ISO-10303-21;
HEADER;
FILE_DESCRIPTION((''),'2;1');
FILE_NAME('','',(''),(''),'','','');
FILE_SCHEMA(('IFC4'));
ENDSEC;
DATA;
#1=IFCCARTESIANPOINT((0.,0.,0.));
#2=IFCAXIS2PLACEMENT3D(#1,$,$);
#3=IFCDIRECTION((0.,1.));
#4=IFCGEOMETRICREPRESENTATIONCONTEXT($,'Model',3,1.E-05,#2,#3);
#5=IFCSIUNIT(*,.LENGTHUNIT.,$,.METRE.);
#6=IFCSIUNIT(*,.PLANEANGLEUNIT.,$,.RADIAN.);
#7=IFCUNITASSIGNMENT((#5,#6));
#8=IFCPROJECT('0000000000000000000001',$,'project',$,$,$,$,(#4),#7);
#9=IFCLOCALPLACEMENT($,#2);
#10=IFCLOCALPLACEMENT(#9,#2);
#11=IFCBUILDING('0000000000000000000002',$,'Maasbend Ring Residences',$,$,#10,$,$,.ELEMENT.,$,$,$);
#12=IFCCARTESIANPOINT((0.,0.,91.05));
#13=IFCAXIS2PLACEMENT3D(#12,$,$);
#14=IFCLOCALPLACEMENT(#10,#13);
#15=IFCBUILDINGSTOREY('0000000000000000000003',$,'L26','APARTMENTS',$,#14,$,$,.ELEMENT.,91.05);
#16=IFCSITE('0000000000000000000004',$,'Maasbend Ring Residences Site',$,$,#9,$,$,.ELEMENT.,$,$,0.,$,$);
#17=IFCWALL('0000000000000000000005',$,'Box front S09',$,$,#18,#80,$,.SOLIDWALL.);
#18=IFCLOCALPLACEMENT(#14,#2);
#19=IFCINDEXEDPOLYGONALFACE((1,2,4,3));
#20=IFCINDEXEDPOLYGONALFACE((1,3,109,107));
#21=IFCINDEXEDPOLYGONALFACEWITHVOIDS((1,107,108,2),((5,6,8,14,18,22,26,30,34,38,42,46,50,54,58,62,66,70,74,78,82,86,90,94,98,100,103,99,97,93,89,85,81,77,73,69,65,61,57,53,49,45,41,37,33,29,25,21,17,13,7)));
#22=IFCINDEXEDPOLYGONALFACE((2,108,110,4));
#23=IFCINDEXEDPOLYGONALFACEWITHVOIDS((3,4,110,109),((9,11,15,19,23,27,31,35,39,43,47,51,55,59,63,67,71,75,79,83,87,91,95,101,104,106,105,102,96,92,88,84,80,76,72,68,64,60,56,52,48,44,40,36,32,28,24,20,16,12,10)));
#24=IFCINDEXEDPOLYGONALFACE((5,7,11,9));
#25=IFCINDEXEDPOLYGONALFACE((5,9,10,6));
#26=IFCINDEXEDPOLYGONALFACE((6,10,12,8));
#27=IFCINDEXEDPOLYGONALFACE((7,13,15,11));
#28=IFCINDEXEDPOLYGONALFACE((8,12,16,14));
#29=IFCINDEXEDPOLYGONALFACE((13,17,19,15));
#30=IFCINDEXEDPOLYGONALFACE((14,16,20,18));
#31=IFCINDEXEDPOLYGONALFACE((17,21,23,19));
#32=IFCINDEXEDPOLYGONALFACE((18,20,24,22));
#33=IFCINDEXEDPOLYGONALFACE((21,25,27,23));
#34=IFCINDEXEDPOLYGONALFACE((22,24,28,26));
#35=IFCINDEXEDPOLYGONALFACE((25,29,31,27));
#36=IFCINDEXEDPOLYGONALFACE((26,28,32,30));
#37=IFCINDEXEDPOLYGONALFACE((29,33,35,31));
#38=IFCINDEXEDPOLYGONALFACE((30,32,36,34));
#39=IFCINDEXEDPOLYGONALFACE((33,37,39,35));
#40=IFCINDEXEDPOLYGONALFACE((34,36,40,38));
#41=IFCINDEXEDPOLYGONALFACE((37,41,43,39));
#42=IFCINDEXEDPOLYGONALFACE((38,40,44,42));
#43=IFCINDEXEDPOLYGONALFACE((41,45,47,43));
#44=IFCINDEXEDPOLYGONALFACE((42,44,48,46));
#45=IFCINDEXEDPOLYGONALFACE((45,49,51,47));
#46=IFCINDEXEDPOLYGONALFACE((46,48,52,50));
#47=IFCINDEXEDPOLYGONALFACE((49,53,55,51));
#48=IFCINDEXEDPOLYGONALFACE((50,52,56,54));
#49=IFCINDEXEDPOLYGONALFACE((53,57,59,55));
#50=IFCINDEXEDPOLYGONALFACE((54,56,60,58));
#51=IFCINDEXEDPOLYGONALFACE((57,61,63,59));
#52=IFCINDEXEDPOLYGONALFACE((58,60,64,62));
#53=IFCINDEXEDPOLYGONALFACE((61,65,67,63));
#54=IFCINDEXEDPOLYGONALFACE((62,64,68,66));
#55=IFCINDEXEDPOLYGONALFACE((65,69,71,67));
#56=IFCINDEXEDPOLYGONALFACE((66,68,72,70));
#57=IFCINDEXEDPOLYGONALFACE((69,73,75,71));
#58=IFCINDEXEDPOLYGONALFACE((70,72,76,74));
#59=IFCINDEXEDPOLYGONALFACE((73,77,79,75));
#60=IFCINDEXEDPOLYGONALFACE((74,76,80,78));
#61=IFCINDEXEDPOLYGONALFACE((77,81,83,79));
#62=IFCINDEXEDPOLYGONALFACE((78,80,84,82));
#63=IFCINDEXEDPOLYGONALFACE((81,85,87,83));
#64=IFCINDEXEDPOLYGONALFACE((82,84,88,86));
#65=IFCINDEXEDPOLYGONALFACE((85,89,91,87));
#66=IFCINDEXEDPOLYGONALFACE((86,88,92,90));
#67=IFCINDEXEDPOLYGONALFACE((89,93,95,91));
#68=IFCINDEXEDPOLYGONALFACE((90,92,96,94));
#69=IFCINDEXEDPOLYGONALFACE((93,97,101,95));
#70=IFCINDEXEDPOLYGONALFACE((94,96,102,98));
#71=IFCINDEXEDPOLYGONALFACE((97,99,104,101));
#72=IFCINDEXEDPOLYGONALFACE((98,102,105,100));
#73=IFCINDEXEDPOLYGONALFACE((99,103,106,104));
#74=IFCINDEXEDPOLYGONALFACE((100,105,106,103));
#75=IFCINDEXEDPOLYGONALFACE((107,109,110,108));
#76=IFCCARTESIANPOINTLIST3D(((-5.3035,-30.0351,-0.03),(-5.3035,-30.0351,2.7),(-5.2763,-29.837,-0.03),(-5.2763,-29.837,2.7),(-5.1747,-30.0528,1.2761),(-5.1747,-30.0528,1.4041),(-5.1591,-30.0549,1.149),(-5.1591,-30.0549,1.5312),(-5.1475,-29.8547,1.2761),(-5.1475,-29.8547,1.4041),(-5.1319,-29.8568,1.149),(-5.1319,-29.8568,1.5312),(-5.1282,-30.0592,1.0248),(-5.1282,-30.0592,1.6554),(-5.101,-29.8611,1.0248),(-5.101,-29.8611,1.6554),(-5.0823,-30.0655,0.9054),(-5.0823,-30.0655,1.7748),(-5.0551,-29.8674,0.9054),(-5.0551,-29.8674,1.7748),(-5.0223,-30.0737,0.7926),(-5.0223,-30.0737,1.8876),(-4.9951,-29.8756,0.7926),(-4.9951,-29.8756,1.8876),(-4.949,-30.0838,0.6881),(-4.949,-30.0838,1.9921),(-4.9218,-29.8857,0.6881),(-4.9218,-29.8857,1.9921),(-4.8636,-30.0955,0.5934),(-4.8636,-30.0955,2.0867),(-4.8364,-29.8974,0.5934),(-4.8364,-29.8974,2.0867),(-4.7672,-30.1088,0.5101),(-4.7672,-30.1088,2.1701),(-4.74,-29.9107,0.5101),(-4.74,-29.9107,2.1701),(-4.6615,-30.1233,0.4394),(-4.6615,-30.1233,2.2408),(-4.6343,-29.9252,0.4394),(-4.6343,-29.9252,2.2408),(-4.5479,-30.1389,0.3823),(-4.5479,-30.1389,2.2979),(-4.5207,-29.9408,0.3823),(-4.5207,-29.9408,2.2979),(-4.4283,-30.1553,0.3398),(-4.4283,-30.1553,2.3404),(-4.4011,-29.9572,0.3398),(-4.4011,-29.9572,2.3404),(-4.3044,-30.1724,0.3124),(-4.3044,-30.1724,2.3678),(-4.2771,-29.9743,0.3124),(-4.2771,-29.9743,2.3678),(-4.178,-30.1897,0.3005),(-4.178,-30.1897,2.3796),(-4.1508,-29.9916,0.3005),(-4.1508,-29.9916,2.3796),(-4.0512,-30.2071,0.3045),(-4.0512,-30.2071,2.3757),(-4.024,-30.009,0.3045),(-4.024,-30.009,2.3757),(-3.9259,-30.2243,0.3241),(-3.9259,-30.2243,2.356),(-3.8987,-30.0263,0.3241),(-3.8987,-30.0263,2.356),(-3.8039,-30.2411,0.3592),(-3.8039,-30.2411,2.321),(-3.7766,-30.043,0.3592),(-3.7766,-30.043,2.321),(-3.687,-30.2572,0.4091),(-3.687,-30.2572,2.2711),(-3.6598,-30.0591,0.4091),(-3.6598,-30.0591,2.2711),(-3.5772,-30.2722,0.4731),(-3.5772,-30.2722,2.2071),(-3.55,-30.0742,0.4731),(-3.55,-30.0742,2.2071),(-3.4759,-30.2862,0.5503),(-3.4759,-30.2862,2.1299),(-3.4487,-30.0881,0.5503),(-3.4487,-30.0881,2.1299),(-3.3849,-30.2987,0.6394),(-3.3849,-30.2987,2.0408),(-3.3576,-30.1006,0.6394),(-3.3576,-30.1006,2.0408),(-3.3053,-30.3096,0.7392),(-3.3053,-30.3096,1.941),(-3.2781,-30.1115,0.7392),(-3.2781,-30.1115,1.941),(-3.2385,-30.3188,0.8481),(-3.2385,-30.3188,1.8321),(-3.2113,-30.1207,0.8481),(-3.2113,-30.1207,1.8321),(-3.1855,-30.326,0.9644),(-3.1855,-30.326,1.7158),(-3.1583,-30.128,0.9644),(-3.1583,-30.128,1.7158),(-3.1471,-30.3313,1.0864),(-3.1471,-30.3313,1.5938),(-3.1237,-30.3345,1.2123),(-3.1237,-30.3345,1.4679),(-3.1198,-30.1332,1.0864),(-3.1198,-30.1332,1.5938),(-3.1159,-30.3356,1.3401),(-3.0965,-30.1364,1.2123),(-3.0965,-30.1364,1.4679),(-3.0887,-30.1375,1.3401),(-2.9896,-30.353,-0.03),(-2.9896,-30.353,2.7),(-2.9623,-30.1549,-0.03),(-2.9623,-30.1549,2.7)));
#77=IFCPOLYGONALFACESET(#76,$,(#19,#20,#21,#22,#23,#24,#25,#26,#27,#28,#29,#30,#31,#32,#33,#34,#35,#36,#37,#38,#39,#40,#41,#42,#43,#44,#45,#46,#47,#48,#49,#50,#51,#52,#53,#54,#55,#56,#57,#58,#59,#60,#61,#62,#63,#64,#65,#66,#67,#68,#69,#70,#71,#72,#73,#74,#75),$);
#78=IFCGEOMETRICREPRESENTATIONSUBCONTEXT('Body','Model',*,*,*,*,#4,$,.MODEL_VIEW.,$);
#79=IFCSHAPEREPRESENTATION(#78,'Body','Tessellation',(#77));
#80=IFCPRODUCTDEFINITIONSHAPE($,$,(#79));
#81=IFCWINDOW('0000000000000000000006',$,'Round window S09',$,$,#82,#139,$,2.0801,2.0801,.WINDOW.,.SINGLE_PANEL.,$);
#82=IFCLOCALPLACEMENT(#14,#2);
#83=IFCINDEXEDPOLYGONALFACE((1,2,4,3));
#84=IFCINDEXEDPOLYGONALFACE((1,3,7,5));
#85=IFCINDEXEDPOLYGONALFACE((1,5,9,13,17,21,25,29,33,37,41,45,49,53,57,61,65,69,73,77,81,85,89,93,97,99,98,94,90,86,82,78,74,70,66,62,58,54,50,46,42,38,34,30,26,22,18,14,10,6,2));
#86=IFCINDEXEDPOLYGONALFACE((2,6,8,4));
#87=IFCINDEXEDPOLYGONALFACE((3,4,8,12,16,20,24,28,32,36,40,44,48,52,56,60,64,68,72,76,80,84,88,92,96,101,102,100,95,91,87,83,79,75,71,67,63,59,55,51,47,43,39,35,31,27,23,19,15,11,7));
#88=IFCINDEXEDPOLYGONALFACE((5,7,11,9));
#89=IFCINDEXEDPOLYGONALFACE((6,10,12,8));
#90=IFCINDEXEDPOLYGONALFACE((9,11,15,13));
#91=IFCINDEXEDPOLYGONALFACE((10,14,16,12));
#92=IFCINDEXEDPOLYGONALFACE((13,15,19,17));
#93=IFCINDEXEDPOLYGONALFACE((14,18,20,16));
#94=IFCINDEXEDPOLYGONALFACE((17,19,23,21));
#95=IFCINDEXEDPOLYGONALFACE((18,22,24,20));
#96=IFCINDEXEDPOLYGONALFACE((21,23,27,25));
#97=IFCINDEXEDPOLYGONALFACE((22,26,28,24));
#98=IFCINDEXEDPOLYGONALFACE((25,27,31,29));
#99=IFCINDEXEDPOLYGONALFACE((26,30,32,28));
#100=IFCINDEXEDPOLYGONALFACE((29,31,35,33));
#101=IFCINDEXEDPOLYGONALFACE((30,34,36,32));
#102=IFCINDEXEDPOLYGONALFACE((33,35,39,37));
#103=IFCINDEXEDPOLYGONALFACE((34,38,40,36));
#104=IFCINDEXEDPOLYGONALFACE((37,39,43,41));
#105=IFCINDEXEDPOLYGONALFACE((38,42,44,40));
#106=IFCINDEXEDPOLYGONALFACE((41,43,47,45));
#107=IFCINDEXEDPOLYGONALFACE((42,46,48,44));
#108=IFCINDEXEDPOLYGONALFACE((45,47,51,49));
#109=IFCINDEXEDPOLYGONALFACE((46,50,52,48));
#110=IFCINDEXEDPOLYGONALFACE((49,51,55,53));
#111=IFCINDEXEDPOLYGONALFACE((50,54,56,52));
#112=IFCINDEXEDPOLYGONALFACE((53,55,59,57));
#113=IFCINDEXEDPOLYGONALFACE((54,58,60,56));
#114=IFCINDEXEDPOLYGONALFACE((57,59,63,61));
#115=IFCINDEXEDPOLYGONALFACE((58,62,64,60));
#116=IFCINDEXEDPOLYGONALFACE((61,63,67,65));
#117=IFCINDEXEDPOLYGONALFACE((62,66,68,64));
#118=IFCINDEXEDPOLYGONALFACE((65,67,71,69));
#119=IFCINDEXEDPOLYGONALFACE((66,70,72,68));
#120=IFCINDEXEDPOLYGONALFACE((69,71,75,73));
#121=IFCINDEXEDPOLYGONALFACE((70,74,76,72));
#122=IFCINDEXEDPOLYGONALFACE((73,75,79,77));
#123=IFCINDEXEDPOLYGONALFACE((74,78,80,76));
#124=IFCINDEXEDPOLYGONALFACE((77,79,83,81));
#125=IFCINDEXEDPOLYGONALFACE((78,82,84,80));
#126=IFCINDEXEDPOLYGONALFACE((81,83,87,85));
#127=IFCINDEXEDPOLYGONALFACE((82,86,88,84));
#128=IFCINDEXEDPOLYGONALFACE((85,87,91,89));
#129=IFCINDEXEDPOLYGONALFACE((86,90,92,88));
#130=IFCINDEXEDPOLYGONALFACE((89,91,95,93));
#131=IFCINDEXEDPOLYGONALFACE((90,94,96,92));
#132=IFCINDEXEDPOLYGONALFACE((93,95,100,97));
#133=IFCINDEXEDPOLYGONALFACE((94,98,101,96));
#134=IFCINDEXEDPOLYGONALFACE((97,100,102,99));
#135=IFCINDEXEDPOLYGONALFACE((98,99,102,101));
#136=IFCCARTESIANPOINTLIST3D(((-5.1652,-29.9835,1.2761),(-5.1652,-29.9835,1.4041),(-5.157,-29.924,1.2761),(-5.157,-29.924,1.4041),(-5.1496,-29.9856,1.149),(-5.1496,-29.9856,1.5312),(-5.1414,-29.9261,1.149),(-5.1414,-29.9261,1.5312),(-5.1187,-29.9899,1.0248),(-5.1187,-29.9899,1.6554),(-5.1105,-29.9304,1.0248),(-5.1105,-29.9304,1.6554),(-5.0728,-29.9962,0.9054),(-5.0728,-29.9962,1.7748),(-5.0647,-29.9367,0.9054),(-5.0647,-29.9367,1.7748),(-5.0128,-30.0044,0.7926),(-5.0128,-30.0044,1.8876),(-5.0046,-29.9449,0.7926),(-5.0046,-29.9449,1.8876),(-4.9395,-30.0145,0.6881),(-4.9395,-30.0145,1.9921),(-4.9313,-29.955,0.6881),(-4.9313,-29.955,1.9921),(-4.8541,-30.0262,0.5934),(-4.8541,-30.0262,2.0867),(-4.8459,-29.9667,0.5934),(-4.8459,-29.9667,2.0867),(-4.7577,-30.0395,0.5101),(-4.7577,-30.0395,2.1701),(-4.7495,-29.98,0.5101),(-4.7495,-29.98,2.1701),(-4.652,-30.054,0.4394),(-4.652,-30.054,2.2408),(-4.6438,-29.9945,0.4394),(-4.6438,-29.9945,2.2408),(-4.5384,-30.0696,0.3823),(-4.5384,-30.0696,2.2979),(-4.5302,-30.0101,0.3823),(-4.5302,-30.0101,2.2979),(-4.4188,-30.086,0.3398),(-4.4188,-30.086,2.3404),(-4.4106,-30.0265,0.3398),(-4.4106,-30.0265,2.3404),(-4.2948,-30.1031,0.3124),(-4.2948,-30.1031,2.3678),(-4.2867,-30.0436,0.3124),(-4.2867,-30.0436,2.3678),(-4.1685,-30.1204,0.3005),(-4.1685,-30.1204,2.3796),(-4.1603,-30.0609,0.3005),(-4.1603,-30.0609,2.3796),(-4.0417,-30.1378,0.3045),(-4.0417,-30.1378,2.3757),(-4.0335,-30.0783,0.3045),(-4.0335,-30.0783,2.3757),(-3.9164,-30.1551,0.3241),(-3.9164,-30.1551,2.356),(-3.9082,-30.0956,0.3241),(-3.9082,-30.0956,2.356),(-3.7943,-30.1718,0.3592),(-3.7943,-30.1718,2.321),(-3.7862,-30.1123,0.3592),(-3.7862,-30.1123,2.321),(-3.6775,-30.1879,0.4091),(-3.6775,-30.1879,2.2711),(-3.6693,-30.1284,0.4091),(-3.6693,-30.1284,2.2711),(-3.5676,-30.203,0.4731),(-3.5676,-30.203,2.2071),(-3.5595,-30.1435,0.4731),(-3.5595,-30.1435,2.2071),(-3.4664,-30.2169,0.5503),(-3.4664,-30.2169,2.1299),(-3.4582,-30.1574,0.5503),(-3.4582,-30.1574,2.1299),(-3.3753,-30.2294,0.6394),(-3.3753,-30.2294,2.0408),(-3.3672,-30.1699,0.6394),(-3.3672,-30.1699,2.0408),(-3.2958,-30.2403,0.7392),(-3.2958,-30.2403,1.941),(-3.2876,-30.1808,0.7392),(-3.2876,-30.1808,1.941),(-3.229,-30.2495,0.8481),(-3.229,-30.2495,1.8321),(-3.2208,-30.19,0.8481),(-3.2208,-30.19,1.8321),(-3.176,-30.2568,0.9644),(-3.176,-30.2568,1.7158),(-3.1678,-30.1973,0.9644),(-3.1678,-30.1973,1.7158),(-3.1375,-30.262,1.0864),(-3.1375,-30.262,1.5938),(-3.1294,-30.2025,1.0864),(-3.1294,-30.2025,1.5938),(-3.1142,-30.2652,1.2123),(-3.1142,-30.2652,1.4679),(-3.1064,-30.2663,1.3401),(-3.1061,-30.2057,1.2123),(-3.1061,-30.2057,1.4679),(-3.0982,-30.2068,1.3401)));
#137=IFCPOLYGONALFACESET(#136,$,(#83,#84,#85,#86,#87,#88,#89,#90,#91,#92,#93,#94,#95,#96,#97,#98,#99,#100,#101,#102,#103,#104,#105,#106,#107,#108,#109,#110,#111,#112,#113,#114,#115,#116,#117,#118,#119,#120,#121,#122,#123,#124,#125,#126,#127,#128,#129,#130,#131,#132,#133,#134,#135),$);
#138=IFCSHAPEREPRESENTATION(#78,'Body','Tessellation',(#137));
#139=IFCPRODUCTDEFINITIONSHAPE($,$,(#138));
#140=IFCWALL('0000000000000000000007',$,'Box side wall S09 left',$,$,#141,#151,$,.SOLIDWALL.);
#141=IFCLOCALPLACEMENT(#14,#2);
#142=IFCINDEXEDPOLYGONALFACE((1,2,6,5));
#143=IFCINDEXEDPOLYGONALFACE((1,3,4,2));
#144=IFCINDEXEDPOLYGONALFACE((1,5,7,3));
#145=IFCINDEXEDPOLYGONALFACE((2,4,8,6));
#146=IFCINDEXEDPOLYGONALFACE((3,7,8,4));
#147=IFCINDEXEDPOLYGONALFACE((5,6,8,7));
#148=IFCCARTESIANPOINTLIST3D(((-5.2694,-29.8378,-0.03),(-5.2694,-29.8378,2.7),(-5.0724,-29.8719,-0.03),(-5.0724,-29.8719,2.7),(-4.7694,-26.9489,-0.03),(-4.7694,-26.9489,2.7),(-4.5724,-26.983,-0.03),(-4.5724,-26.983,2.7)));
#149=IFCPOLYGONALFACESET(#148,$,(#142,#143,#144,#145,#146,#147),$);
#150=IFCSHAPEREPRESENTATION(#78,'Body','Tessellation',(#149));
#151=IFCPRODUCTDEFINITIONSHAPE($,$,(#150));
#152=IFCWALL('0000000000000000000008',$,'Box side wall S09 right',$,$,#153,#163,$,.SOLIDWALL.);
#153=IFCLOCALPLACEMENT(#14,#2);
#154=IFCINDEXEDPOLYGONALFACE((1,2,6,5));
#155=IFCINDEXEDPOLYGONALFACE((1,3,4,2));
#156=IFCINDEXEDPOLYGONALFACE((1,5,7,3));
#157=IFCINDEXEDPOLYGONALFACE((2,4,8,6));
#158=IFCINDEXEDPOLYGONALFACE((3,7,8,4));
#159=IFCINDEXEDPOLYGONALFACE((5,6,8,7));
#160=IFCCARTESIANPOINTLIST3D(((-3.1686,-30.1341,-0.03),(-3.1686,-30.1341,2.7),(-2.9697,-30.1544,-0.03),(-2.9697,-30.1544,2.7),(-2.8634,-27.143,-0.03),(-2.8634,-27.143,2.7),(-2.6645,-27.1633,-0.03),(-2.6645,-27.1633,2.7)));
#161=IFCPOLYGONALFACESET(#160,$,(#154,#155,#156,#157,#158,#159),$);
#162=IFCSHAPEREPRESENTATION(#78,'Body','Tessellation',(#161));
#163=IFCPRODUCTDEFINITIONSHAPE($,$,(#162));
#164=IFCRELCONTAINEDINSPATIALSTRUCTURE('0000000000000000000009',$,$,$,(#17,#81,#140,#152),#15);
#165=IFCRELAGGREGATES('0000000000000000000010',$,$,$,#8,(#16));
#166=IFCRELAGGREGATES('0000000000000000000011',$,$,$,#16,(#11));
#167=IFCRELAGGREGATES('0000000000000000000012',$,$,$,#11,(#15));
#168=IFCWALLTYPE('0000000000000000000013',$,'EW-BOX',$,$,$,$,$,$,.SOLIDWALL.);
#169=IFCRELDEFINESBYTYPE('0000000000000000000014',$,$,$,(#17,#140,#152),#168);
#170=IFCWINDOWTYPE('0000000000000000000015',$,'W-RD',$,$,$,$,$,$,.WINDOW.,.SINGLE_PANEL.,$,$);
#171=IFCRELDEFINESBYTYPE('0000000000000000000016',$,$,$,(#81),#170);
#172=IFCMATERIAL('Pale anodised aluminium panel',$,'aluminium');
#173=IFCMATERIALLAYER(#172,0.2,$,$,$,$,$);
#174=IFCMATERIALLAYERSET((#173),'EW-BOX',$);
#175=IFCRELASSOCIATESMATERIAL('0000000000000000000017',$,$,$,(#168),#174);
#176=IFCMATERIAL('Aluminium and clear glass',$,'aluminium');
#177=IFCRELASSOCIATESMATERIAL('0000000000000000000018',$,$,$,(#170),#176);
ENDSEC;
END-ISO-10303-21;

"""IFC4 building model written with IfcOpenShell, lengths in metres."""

from ifc_helpers import new_model, si_unit, direction, frame, frame_2d, origin, place, context, subcontext, project, spatial, rectangle, circle, extrude, material, layer, layer_set, type_object, element, fill, save


model = new_model("IFC4")

# Units and contexts
model_context = context("Model", 3, precision=1e-05, world=origin(), true_north=direction((0.0, 1.0)))
body_context = subcontext(model_context, "Body", "Model", "MODEL_VIEW")
ifc_project = project(units=[si_unit("LENGTHUNIT", "METRE"), si_unit("PLANEANGLEUNIT", "RADIAN")], contexts=[model_context])

# Site, building, storey
site_placement = place(None, origin())
site = spatial("IfcSite", under=ifc_project, at=site_placement, Name="Maasbend Ring Residences Site", CompositionType="ELEMENT", RefElevation=0.0)
building_placement = place(site_placement, origin())
building = spatial("IfcBuilding", under=site, at=building_placement, Name="Maasbend Ring Residences", CompositionType="ELEMENT")
storey_placement = place(building_placement, frame((0.0, 0.0, 91.05)))
storey = spatial("IfcBuildingStorey", under=building, at=storey_placement, Name="L26", Description="APARTMENTS", CompositionType="ELEMENT", Elevation=91.05)

# Shared definitions
ifc_material_1 = material(Name="Pale anodised aluminium panel", Category="aluminium")
ifc_layer_1 = layer(ifc_material_1, 0.2)
ifc_layer_set_1 = layer_set([ifc_layer_1], Name="EW-BOX")
wall_type_1 = type_object("IfcWallType", Name="EW-BOX", PredefinedType="SOLIDWALL", material=ifc_layer_set_1)

# Wall, opening, window
wall_1_placement = place(storey_placement, frame((-5.29, -29.936, -0.03), z_axis=(0.0, 0.0, 1.0), x_axis=(0.990696, -0.136093, 0.0)))
wall_1 = element("IfcWall", 1, at=wall_1_placement, inside=storey, type_object=wall_type_1, Name="Box front S09", PredefinedType="SOLIDWALL", context=body_context, shape_type="SweptSolid", body=[
    extrude(rectangle(XDim=2.3357, YDim=0.2, at=frame_2d((1.168, 0.0))), origin(), (0.0, 0.0, 1.0), 2.73),
])
opening_1_placement = place(wall_1_placement, frame((0.1282, 0.0, 0.3301)))
opening_1 = element("IfcOpeningElement", 2, at=opening_1_placement, cuts=wall_1, PredefinedType="OPENING", context=body_context, shape_type="SweptSolid", body=[
    extrude(circle(Radius=1.04, at=frame_2d((1.04, 1.04))), frame((0.0, 0.1099, 0.0), z_axis=(0.0, -1.0, 0.0), x_axis=(1.0, 0.0, 0.0)), (0.0, 0.0, 1.0), 0.22),
])
ifc_material_2 = material(Name="Aluminium and clear glass", Category="aluminium")
window_type_1 = type_object("IfcWindowType", Name="W-RD", PartitioningType="SINGLE_PANEL", PredefinedType="WINDOW", material=ifc_material_2)
window_1_placement = place(opening_1_placement, origin())
window_1 = element("IfcWindow", 3, at=window_1_placement, inside=storey, type_object=window_type_1, Name="Round window S09", OverallHeight=2.0801, OverallWidth=2.0801, PartitioningType="SINGLE_PANEL", PredefinedType="WINDOW", context=body_context, shape_type="SweptSolid", body=[
    extrude(circle(Radius=1.04, at=frame_2d((1.04, 1.04))), frame((0.0, 0.03, 0.0), z_axis=(0.0, -1.0, 0.0), x_axis=(1.0, 0.0, 0.0)), (0.0, 0.0, 1.0), 0.0601),
])
fill(opening_1, window_1)

# Walls
wall_2_placement = place(storey_placement, frame((-4.6709, -26.9661, -0.03), z_axis=(0.0, 0.0, 1.0), x_axis=(-0.17054, -0.985351, 0.0)))
element("IfcWall", 4, at=wall_2_placement, inside=storey, type_object=wall_type_1, Name="Box side wall S09 left", PredefinedType="SOLIDWALL", context=body_context, shape_type="SweptSolid", body=[
    extrude(rectangle(XDim=2.9319, YDim=0.2, at=frame_2d((1.4658, 0.0))), origin(), (0.0, 0.0, 1.0), 2.73),
])
wall_3_placement = place(storey_placement, frame((-2.7639, -27.1531, -0.03), z_axis=(0.0, 0.0, 1.0), x_axis=(-0.101505, -0.994835, 0.0)))
element("IfcWall", 5, at=wall_3_placement, inside=storey, type_object=wall_type_1, Name="Box side wall S09 right", PredefinedType="SOLIDWALL", context=body_context, shape_type="SweptSolid", body=[
    extrude(rectangle(XDim=3.0066, YDim=0.2, at=frame_2d((1.5034, 0.0))), origin(), (0.0, 0.0, 1.0), 2.73),
])

save(model, "model.ifc")
